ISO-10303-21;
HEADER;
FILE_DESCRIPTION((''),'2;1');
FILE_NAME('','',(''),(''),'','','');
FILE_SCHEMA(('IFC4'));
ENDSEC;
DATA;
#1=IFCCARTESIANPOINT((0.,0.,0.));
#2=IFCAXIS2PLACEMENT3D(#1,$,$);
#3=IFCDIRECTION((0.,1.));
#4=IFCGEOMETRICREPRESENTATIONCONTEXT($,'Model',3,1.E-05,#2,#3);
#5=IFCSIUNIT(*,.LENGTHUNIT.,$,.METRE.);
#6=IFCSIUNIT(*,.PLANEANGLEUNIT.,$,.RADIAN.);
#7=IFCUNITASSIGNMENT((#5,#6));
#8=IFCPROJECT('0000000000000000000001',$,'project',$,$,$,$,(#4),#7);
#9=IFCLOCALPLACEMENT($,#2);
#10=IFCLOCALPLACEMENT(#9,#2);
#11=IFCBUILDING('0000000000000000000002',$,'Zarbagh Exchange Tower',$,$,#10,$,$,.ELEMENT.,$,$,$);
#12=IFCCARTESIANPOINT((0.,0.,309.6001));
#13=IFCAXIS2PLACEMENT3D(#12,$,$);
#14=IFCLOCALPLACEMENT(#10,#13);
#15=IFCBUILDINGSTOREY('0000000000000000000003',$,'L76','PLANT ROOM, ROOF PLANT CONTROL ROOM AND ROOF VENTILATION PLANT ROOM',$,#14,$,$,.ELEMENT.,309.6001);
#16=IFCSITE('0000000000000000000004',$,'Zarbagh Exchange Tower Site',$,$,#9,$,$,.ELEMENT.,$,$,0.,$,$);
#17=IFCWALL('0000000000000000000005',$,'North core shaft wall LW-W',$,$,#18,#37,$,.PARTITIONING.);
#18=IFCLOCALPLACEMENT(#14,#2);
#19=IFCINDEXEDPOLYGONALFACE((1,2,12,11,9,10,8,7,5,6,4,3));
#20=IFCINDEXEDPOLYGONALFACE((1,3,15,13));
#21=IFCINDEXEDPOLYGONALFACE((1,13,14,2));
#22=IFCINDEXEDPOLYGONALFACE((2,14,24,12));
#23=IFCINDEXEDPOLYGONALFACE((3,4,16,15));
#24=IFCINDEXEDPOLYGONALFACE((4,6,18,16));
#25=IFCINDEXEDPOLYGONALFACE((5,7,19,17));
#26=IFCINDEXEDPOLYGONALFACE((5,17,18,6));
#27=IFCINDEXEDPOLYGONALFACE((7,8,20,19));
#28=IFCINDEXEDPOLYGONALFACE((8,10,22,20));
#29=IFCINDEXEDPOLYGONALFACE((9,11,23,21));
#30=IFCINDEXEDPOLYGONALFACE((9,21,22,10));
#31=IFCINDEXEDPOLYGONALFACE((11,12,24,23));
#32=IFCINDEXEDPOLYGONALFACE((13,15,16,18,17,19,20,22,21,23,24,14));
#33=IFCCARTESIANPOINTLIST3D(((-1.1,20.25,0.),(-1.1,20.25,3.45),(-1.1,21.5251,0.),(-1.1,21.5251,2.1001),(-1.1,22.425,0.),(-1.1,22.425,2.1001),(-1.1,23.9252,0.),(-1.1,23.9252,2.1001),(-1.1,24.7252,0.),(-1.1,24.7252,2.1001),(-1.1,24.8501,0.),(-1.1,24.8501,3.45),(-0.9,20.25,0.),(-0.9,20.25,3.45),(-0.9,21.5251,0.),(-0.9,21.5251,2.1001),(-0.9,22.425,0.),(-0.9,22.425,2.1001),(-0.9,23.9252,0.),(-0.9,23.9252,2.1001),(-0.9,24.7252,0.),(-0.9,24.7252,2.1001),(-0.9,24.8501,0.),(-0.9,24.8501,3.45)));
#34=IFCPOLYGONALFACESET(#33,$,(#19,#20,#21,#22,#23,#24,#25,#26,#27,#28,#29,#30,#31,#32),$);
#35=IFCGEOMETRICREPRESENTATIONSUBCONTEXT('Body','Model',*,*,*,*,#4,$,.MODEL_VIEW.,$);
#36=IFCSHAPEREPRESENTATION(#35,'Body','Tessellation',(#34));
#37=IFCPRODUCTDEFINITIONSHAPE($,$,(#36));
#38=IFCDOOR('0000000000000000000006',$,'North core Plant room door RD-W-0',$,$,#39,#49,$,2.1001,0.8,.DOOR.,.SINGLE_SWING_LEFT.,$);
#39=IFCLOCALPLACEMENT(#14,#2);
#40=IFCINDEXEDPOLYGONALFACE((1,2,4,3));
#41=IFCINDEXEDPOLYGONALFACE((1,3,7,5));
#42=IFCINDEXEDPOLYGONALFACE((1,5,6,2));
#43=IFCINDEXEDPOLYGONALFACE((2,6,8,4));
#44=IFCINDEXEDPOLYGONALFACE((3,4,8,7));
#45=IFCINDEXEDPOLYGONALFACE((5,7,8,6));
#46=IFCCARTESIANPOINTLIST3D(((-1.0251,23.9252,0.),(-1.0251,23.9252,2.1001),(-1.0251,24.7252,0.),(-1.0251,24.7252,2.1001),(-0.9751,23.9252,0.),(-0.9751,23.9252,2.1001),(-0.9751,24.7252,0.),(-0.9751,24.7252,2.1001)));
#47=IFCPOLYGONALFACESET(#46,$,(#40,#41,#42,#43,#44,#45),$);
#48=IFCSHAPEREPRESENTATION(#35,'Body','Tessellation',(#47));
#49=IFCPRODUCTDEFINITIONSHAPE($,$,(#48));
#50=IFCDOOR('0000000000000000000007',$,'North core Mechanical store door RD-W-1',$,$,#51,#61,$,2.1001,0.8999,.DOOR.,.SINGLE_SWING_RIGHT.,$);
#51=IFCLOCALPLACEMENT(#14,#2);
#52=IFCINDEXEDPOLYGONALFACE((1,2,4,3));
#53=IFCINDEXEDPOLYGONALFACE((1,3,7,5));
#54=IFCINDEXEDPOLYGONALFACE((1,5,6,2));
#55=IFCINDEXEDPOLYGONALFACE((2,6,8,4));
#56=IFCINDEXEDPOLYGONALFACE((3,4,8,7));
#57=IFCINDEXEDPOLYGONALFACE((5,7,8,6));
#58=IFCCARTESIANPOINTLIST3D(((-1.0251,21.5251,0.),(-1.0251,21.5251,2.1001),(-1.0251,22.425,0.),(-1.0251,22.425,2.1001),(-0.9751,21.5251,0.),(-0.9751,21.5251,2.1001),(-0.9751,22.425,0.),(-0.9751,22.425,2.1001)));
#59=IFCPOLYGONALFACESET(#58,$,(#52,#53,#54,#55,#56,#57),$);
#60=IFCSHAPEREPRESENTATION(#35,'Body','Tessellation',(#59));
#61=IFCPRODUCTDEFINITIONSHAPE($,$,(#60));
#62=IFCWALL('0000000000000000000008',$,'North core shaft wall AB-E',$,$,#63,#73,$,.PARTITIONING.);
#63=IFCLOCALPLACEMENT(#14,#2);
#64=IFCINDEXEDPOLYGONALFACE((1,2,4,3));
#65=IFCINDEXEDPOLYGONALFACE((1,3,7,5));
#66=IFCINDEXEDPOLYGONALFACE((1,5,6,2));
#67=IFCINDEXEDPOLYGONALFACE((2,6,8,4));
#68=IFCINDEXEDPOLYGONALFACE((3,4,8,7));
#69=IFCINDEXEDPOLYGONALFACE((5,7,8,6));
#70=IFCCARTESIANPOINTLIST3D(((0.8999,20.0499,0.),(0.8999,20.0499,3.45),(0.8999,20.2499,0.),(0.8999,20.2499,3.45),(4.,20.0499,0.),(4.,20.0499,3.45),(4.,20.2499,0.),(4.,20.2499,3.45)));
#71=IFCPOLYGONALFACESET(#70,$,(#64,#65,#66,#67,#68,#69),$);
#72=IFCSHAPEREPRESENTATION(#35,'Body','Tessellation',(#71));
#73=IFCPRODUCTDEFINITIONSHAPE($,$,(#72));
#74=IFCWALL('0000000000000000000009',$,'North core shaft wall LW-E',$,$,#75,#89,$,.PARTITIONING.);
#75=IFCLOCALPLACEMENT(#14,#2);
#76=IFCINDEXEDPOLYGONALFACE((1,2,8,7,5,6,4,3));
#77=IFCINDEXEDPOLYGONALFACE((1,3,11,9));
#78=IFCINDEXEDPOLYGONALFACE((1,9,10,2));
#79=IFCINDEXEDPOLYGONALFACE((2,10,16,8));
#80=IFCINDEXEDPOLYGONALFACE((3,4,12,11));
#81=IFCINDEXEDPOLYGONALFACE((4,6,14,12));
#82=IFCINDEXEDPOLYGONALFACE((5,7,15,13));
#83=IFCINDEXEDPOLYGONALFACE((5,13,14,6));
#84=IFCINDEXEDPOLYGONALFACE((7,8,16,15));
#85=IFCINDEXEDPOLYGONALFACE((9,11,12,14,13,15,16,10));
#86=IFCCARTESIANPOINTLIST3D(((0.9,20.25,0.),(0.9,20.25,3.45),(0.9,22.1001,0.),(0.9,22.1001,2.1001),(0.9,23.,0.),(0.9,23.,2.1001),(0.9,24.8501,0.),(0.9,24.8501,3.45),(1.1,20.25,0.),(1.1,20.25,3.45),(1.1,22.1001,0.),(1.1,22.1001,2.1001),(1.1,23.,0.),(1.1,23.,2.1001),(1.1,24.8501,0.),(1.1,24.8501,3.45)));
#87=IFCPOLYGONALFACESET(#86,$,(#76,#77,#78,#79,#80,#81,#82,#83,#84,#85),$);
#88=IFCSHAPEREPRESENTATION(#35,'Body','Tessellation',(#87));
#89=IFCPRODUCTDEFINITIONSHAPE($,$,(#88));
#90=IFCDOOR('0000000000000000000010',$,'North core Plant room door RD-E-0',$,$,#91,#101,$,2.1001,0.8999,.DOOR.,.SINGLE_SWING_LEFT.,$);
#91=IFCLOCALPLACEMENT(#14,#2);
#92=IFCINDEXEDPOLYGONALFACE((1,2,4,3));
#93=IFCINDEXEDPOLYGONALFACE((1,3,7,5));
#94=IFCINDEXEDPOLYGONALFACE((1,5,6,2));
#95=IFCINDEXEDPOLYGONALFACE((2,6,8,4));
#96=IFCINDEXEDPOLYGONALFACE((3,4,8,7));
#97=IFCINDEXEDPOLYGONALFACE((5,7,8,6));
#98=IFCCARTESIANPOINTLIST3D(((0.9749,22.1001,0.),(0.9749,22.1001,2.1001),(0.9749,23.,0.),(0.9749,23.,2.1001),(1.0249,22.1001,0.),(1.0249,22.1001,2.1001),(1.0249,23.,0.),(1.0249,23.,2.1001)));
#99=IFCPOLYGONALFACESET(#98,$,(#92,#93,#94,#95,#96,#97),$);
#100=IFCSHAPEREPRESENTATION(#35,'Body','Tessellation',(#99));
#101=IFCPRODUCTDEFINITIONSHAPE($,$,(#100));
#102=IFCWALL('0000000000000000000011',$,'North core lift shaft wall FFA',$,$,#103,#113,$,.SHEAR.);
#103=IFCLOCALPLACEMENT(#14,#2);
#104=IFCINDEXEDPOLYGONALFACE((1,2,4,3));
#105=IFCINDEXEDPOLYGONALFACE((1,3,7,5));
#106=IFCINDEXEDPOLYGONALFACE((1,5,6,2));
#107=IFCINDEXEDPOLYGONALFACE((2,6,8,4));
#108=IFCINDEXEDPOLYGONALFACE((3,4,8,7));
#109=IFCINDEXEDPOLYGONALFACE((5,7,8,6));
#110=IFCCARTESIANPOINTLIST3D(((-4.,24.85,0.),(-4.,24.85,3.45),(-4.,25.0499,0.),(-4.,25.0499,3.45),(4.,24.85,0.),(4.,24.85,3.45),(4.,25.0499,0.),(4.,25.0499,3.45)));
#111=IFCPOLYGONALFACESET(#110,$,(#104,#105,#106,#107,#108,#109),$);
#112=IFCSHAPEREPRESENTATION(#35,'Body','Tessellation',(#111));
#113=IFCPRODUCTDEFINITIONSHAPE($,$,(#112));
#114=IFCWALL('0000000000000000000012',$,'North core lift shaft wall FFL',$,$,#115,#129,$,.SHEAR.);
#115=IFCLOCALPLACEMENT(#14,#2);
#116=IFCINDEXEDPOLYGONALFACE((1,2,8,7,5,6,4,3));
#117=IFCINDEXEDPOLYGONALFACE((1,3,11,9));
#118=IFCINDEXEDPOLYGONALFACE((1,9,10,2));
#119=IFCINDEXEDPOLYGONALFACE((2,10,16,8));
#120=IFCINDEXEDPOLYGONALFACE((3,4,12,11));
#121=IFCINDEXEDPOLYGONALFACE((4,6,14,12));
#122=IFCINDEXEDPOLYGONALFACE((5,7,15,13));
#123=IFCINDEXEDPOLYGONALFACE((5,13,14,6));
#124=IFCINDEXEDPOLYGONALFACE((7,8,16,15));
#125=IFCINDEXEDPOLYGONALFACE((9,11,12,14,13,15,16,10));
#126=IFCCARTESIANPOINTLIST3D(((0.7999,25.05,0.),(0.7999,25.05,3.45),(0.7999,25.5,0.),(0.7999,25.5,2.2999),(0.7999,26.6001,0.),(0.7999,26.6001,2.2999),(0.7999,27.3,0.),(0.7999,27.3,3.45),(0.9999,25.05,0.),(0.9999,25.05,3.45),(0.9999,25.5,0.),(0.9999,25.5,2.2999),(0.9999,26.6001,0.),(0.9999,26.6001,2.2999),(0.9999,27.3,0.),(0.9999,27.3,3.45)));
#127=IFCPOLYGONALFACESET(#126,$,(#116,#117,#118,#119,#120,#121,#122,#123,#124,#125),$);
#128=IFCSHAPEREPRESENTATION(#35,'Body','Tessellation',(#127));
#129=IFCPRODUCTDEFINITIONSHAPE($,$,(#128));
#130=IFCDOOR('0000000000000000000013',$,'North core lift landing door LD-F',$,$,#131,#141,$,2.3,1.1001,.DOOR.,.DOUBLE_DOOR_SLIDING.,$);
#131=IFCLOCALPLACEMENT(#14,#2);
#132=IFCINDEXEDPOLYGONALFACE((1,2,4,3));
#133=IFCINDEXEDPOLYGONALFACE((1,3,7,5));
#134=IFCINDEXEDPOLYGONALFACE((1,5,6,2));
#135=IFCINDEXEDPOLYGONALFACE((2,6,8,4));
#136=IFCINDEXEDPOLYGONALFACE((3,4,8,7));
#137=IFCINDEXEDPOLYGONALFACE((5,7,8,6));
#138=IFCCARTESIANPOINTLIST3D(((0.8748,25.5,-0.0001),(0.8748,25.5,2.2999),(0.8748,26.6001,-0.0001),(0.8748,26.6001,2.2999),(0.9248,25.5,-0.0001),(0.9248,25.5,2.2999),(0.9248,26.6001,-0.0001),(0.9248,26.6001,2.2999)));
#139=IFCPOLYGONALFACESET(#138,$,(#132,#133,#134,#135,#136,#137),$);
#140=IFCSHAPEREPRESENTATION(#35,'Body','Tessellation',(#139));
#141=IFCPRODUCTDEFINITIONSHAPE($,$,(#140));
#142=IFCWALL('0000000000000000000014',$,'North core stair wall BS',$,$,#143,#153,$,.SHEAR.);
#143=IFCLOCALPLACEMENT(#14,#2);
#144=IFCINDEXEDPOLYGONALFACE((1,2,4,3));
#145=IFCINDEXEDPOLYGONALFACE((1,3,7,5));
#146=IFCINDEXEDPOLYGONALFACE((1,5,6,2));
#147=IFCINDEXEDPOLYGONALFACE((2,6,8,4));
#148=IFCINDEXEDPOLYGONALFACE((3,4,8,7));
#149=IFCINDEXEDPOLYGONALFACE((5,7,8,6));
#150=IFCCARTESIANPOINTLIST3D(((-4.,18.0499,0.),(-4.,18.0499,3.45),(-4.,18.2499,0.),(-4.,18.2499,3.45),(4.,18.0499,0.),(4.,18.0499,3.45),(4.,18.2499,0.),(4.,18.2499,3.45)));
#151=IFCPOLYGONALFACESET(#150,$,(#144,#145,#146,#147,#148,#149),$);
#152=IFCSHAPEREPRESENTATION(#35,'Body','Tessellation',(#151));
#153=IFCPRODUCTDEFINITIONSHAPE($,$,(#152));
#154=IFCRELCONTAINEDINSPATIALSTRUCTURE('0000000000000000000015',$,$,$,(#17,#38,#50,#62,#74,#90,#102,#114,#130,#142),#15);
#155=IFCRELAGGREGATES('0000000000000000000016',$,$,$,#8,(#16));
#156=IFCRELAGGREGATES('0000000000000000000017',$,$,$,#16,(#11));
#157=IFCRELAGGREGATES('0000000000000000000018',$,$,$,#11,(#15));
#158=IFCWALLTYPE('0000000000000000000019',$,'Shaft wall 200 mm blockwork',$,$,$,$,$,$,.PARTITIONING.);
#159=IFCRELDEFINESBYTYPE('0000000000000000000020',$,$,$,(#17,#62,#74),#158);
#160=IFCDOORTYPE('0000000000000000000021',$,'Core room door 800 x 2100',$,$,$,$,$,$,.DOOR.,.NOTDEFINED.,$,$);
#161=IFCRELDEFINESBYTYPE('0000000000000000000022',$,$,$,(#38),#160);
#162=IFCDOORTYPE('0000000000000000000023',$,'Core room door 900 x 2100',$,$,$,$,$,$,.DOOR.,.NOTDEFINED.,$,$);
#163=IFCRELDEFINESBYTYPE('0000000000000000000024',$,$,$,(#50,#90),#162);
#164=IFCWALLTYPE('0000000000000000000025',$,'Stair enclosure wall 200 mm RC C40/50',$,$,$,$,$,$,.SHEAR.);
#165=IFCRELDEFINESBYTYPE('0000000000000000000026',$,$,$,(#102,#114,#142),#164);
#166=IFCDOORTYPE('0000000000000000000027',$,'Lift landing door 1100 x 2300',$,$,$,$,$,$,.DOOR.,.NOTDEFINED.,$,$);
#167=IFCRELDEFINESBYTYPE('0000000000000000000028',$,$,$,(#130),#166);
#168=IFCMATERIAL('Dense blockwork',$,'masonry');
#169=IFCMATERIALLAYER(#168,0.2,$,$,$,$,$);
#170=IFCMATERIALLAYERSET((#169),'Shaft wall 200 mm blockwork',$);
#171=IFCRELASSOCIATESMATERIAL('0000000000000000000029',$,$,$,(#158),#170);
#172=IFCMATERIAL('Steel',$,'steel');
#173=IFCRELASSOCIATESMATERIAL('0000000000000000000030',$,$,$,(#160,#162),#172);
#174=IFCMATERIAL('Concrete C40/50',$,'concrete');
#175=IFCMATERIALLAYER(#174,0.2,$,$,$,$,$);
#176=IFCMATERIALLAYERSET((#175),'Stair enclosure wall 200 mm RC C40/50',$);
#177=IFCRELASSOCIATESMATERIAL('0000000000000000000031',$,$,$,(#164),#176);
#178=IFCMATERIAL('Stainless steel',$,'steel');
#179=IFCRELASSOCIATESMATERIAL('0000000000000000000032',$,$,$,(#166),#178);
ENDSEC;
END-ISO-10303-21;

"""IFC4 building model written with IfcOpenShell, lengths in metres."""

from ifc_helpers import new_model, si_unit, direction, frame, frame_2d, origin, place, context, subcontext, project, spatial, rectangle, extrude, material, layer, layer_set, type_object, element, fill, save


model = new_model("IFC4")

# Units and contexts
model_context = context("Model", 3, precision=1e-05, world=origin(), true_north=direction((0.0, 1.0)))
body_context = subcontext(model_context, "Body", "Model", "MODEL_VIEW")
ifc_project = project(units=[si_unit("LENGTHUNIT", "METRE"), si_unit("PLANEANGLEUNIT", "RADIAN")], contexts=[model_context])

# Site, building, storey
site_placement = place(None, origin())
site = spatial("IfcSite", under=ifc_project, at=site_placement, Name="Zarbagh Exchange Tower Site", CompositionType="ELEMENT", RefElevation=0.0)
building_placement = place(site_placement, origin())
building = spatial("IfcBuilding", under=site, at=building_placement, Name="Zarbagh Exchange Tower", CompositionType="ELEMENT")
storey_placement = place(building_placement, frame((0.0, 0.0, 309.6001)))
storey = spatial("IfcBuildingStorey", under=building, at=storey_placement, Name="L76", Description="PLANT ROOM, ROOF PLANT CONTROL ROOM AND ROOF VENTILATION PLANT ROOM", CompositionType="ELEMENT", Elevation=309.6001)

# Shared definitions
ifc_material_1 = material(Name="Concrete C40/50", Category="concrete")

# Shared definitions
ifc_material_2 = material(Name="Dense blockwork", Category="masonry")
ifc_layer_1 = layer(ifc_material_2, 0.2)
ifc_layer_set_1 = layer_set([ifc_layer_1], Name="Shaft wall 200 mm blockwork")
wall_type_1 = type_object("IfcWallType", Name="Shaft wall 200 mm blockwork", PredefinedType="PARTITIONING", material=ifc_layer_set_1)

# Wall, openings, doors
wall_1_placement = place(storey_placement, frame((-1.0, 24.8501, 0.0), z_axis=(0.0, 0.0, 1.0), x_axis=(0.0, -1.0, 0.0)))
wall_1 = element("IfcWall", 1, at=wall_1_placement, inside=storey, type_object=wall_type_1, Name="North core shaft wall LW-W", PredefinedType="PARTITIONING", context=body_context, shape_type="SweptSolid", body=[
    extrude(rectangle(XDim=4.6001, YDim=0.2, at=frame_2d((2.3, 0.0))), origin(), (0.0, 0.0, 1.0), 3.45),
])
opening_1_placement = place(wall_1_placement, frame((0.125, 0.0, 0.0)))
opening_1 = element("IfcOpeningElement", 2, at=opening_1_placement, cuts=wall_1, PredefinedType="OPENING", context=body_context, shape_type="SweptSolid", body=[
    extrude(rectangle(XDim=0.8, YDim=2.1001, at=frame_2d((0.3999, 1.05))), frame((0.0, 0.1099, 0.0), z_axis=(0.0, -1.0, 0.0), x_axis=(1.0, 0.0, 0.0)), (0.0, 0.0, 1.0), 0.22),
])
opening_2_placement = place(wall_1_placement, frame((2.425, 0.0, 0.0)))
opening_2 = element("IfcOpeningElement", 3, at=opening_2_placement, cuts=wall_1, PredefinedType="OPENING", context=body_context, shape_type="SweptSolid", body=[
    extrude(rectangle(XDim=0.8999, YDim=2.1001, at=frame_2d((0.45, 1.05))), frame((0.0, 0.1099, 0.0), z_axis=(0.0, -1.0, 0.0), x_axis=(1.0, 0.0, 0.0)), (0.0, 0.0, 1.0), 0.22),
])
ifc_material_3 = material(Name="Steel", Category="steel")
door_type_1 = type_object("IfcDoorType", Name="Core room door 800 x 2100", OperationType="NOTDEFINED", PredefinedType="DOOR", material=ifc_material_3)
door_1_placement = place(opening_1_placement, origin())
door_1 = element("IfcDoor", 4, at=door_1_placement, inside=storey, type_object=door_type_1, Name="North core Plant room door RD-W-0", OperationType="SINGLE_SWING_LEFT", OverallHeight=2.1001, OverallWidth=0.8, PredefinedType="DOOR", context=body_context, shape_type="SweptSolid", body=[
    extrude(rectangle(XDim=0.8, YDim=2.1001, at=frame_2d((0.3999, 1.05))), frame((0.0, 0.0249, 0.0), z_axis=(0.0, -1.0, 0.0), x_axis=(1.0, 0.0, 0.0)), (0.0, 0.0, 1.0), 0.05),
])
fill(opening_1, door_1)
door_type_2 = type_object("IfcDoorType", Name="Core room door 900 x 2100", OperationType="NOTDEFINED", PredefinedType="DOOR", material=ifc_material_3)
door_2_placement = place(opening_2_placement, origin())
door_2 = element("IfcDoor", 5, at=door_2_placement, inside=storey, type_object=door_type_2, Name="North core Mechanical store door RD-W-1", OperationType="SINGLE_SWING_RIGHT", OverallHeight=2.1001, OverallWidth=0.8999, PredefinedType="DOOR", context=body_context, shape_type="SweptSolid", body=[
    extrude(rectangle(XDim=0.8999, YDim=2.1001, at=frame_2d((0.45, 1.05))), frame((0.0, 0.0249, 0.0), z_axis=(0.0, -1.0, 0.0), x_axis=(1.0, 0.0, 0.0)), (0.0, 0.0, 1.0), 0.05),
])
fill(opening_2, door_2)

# Wall
wall_2_placement = place(storey_placement, frame((0.8999, 20.1499, 0.0), z_axis=(0.0, 0.0, 1.0), x_axis=(1.0, 0.0, 0.0)))
element("IfcWall", 6, at=wall_2_placement, inside=storey, type_object=wall_type_1, Name="North core shaft wall AB-E", PredefinedType="PARTITIONING", context=body_context, shape_type="SweptSolid", body=[
    extrude(rectangle(XDim=3.1001, YDim=0.2, at=frame_2d((1.55, 0.0))), origin(), (0.0, 0.0, 1.0), 3.45),
])

# Wall, opening, door
wall_3_placement = place(storey_placement, frame((1.0, 24.8501, 0.0), z_axis=(0.0, 0.0, 1.0), x_axis=(0.0, -1.0, 0.0)))
wall_3 = element("IfcWall", 7, at=wall_3_placement, inside=storey, type_object=wall_type_1, Name="North core shaft wall LW-E", PredefinedType="PARTITIONING", context=body_context, shape_type="SweptSolid", body=[
    extrude(rectangle(XDim=4.6001, YDim=0.2, at=frame_2d((2.3, 0.0))), origin(), (0.0, 0.0, 1.0), 3.45),
])
opening_3_placement = place(wall_3_placement, frame((1.8501, 0.0, 0.0)))
opening_3 = element("IfcOpeningElement", 8, at=opening_3_placement, cuts=wall_3, PredefinedType="OPENING", context=body_context, shape_type="SweptSolid", body=[
    extrude(rectangle(XDim=0.8999, YDim=2.1001, at=frame_2d((0.45, 1.05))), frame((0.0, 0.1099, 0.0), z_axis=(0.0, -1.0, 0.0), x_axis=(1.0, 0.0, 0.0)), (0.0, 0.0, 1.0), 0.22),
])
door_3_placement = place(opening_3_placement, origin())
door_3 = element("IfcDoor", 9, at=door_3_placement, inside=storey, type_object=door_type_2, Name="North core Plant room door RD-E-0", OperationType="SINGLE_SWING_LEFT", OverallHeight=2.1001, OverallWidth=0.8999, PredefinedType="DOOR", context=body_context, shape_type="SweptSolid", body=[
    extrude(rectangle(XDim=0.8999, YDim=2.1001, at=frame_2d((0.45, 1.05))), frame((0.0, 0.0249, 0.0), z_axis=(0.0, -1.0, 0.0), x_axis=(1.0, 0.0, 0.0)), (0.0, 0.0, 1.0), 0.05),
])
fill(opening_3, door_3)

# Wall
ifc_layer_2 = layer(ifc_material_1, 0.2)
ifc_layer_set_2 = layer_set([ifc_layer_2], Name="Stair enclosure wall 200 mm RC C40/50")
wall_type_2 = type_object("IfcWallType", Name="Stair enclosure wall 200 mm RC C40/50", PredefinedType="SHEAR", material=ifc_layer_set_2)
wall_4_placement = place(storey_placement, frame((-4.0, 24.95, 0.0), z_axis=(0.0, 0.0, 1.0), x_axis=(1.0, 0.0, 0.0)))
element("IfcWall", 10, at=wall_4_placement, inside=storey, type_object=wall_type_2, Name="North core lift shaft wall FFA", PredefinedType="SHEAR", context=body_context, shape_type="SweptSolid", body=[
    extrude(rectangle(XDim=8.0, YDim=0.2, at=frame_2d((4.0, 0.0))), origin(), (0.0, 0.0, 1.0), 3.45),
])

# Wall, opening, door
wall_5_placement = place(storey_placement, frame((0.8999, 27.3, 0.0), z_axis=(0.0, 0.0, 1.0), x_axis=(0.0, -1.0, 0.0)))
wall_5 = element("IfcWall", 11, at=wall_5_placement, inside=storey, type_object=wall_type_2, Name="North core lift shaft wall FFL", PredefinedType="SHEAR", context=body_context, shape_type="SweptSolid", body=[
    extrude(rectangle(XDim=2.25, YDim=0.2, at=frame_2d((1.125, 0.0))), origin(), (0.0, 0.0, 1.0), 3.45),
])
opening_4_placement = place(wall_5_placement, frame((0.7, 0.0, 0.0)))
opening_4 = element("IfcOpeningElement", 12, at=opening_4_placement, cuts=wall_5, PredefinedType="OPENING", context=body_context, shape_type="SweptSolid", body=[
    extrude(rectangle(XDim=1.1001, YDim=2.3, at=frame_2d((0.55, 1.1499))), frame((0.0, 0.1099, 0.0), z_axis=(0.0, -1.0, 0.0), x_axis=(1.0, 0.0, 0.0)), (0.0, 0.0, 1.0), 0.22),
])
ifc_material_4 = material(Name="Stainless steel", Category="steel")
door_type_3 = type_object("IfcDoorType", Name="Lift landing door 1100 x 2300", OperationType="NOTDEFINED", PredefinedType="DOOR", material=ifc_material_4)
door_4_placement = place(opening_4_placement, origin())
door_4 = element("IfcDoor", 13, at=door_4_placement, inside=storey, type_object=door_type_3, Name="North core lift landing door LD-F", OperationType="DOUBLE_DOOR_SLIDING", OverallHeight=2.3, OverallWidth=1.1001, PredefinedType="DOOR", context=body_context, shape_type="SweptSolid", body=[
    extrude(rectangle(XDim=1.1001, YDim=2.3, at=frame_2d((0.55, 1.1499))), frame((0.0, 0.0249, 0.0), z_axis=(0.0, -1.0, 0.0), x_axis=(1.0, 0.0, 0.0)), (0.0, 0.0, 1.0), 0.05),
])
fill(opening_4, door_4)

# Wall
wall_6_placement = place(storey_placement, frame((-4.0, 18.1499, 0.0), z_axis=(0.0, 0.0, 1.0), x_axis=(1.0, 0.0, 0.0)))
element("IfcWall", 14, at=wall_6_placement, inside=storey, type_object=wall_type_2, Name="North core stair wall BS", PredefinedType="SHEAR", context=body_context, shape_type="SweptSolid", body=[
    extrude(rectangle(XDim=8.0, YDim=0.2, at=frame_2d((4.0, 0.0))), origin(), (0.0, 0.0, 1.0), 3.45),
])

save(model, "model.ifc")
